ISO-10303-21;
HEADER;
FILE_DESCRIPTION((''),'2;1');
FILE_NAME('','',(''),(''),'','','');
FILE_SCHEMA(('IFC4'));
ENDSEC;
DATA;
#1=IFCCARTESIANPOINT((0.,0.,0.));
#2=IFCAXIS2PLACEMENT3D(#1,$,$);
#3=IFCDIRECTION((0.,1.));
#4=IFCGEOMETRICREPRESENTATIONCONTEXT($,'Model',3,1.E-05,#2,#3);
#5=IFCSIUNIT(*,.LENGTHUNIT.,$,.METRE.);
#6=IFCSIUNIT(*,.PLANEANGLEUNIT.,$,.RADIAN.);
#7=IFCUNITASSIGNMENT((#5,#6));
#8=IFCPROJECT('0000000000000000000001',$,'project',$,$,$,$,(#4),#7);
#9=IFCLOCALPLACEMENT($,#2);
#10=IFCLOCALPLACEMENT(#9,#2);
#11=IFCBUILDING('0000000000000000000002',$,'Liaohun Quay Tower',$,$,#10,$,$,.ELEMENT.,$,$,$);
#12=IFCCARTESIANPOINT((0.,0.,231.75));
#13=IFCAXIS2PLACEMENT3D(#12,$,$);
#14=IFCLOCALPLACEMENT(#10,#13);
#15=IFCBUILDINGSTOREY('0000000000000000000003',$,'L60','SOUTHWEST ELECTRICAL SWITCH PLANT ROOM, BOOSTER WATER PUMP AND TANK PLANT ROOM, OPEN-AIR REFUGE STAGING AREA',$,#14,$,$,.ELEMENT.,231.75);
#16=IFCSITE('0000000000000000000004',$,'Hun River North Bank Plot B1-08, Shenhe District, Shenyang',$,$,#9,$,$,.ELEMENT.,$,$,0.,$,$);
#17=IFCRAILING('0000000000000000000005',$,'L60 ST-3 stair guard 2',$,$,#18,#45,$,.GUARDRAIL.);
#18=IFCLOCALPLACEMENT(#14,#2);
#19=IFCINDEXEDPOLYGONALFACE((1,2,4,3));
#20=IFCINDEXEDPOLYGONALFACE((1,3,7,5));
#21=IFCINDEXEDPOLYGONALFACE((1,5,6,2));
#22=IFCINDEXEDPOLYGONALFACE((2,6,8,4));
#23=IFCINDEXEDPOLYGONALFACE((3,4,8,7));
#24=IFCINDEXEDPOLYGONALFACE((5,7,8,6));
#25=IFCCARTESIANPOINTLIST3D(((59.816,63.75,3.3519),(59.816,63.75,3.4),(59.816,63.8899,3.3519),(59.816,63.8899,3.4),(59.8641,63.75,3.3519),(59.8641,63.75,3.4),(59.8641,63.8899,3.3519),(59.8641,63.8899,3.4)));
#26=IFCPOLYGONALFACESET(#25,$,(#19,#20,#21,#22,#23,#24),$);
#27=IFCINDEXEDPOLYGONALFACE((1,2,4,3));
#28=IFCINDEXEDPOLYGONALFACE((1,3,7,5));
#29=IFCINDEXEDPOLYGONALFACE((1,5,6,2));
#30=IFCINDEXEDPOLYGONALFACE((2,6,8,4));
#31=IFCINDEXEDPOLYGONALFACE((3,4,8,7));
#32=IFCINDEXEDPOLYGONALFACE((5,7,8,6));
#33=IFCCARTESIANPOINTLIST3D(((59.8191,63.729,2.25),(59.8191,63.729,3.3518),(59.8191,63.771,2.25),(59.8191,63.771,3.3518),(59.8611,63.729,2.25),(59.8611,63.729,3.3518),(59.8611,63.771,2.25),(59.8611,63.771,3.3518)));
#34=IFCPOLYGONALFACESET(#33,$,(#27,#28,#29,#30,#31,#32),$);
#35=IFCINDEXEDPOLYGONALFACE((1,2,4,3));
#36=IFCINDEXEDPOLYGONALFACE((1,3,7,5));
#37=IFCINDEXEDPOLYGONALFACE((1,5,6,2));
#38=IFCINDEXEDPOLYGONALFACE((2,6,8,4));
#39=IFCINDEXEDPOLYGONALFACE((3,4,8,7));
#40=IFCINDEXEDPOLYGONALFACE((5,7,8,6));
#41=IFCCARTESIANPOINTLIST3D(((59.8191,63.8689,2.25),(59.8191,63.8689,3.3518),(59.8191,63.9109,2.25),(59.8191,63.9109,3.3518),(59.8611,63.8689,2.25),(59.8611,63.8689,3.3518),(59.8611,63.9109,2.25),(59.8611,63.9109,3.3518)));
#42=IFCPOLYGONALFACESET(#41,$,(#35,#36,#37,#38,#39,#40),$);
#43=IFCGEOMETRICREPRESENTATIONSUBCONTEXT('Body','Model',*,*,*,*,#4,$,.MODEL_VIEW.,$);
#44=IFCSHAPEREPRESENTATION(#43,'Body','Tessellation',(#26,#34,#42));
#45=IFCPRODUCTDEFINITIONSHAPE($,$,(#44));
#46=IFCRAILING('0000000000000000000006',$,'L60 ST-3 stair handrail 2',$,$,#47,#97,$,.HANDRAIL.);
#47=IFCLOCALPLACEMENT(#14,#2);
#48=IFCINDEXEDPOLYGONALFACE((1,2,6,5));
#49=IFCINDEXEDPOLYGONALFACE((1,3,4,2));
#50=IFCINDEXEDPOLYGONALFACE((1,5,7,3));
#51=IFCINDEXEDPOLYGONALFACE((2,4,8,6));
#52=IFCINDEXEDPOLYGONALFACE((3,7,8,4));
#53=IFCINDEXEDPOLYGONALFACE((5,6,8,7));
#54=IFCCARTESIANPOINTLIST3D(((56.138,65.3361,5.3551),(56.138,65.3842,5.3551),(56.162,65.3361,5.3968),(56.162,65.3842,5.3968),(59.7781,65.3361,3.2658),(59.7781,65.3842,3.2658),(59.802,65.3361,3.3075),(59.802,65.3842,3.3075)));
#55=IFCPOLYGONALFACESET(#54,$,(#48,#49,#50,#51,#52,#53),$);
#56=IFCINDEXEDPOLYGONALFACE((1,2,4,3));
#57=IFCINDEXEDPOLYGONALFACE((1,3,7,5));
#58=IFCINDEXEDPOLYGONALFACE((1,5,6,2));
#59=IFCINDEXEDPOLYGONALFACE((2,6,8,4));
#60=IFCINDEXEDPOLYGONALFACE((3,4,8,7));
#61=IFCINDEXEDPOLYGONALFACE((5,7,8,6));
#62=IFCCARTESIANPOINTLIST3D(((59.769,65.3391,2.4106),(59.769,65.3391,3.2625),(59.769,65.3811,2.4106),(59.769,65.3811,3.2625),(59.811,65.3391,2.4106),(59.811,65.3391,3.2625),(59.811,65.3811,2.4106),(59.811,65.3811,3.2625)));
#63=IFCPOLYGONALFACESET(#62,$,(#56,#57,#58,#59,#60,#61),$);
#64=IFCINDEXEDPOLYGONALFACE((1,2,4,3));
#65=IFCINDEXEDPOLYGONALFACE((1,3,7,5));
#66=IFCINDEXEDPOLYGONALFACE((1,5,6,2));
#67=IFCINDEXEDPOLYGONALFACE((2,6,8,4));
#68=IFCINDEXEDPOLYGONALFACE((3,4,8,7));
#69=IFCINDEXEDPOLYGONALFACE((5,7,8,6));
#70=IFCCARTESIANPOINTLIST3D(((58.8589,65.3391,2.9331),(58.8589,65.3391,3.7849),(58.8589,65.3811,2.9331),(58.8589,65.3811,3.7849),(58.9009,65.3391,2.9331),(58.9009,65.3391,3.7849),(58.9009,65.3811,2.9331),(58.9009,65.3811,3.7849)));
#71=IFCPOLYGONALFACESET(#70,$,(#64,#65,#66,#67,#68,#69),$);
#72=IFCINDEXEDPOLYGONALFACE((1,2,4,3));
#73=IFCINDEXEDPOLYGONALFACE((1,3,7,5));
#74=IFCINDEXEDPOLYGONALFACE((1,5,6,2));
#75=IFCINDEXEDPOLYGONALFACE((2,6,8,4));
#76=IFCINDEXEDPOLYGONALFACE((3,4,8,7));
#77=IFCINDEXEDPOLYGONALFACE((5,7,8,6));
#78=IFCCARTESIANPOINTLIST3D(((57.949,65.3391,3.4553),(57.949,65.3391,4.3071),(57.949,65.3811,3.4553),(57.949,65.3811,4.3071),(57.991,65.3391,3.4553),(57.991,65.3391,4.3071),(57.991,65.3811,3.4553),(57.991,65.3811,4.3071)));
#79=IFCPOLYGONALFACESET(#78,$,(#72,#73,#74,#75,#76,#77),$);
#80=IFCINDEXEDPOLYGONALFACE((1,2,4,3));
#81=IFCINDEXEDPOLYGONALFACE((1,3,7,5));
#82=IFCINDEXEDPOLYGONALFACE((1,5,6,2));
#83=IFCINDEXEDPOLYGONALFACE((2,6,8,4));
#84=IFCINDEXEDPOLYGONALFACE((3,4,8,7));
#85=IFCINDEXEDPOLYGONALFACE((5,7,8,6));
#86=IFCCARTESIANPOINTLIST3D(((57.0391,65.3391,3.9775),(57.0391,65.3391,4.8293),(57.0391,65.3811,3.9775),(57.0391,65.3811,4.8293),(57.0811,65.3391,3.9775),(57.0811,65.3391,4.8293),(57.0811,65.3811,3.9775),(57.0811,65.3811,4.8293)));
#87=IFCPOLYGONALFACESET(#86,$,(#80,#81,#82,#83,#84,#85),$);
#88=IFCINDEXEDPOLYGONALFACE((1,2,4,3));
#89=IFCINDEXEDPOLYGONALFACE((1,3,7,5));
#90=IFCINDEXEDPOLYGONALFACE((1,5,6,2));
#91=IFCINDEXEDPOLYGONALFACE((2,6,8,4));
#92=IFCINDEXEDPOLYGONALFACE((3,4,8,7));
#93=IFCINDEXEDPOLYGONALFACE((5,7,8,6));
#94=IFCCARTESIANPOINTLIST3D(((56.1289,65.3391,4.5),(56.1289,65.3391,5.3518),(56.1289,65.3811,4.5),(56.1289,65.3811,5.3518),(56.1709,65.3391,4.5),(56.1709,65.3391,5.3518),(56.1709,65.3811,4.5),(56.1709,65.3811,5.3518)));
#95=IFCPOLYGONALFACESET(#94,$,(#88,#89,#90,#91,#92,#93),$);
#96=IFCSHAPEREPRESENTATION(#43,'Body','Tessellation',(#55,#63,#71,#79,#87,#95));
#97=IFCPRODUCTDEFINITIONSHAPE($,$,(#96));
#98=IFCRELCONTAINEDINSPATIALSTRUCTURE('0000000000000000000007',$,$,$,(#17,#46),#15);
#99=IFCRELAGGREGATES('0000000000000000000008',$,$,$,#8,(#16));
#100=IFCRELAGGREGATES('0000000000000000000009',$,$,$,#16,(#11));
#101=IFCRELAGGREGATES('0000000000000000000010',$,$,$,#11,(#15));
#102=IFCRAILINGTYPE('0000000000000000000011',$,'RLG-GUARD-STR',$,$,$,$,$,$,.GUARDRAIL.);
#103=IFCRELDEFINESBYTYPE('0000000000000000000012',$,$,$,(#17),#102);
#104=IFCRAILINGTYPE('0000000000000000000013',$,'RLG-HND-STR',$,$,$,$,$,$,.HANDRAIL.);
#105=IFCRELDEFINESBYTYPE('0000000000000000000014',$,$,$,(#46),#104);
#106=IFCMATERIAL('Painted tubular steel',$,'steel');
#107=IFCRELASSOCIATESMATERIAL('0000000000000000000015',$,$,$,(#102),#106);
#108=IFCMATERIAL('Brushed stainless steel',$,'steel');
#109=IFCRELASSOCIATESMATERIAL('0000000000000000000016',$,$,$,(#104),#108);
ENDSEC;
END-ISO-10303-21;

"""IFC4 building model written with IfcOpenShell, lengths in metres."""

from ifc_helpers import new_model, si_unit, direction, frame, origin, origin_2d, place, context, subcontext, project, spatial, rectangle, extrude, material, type_object, element, save


model = new_model("IFC4")

# Units and contexts
model_context = context("Model", 3, precision=1e-05, world=origin(), true_north=direction((0.0, 1.0)))
body_context = subcontext(model_context, "Body", "Model", "MODEL_VIEW")
ifc_project = project(units=[si_unit("LENGTHUNIT", "METRE"), si_unit("PLANEANGLEUNIT", "RADIAN")], contexts=[model_context])

# Site, building, storey
site_placement = place(None, origin())
site = spatial("IfcSite", under=ifc_project, at=site_placement, Name="Hun River North Bank Plot B1-08, Shenhe District, Shenyang", CompositionType="ELEMENT", RefElevation=0.0)
building_placement = place(site_placement, origin())
building = spatial("IfcBuilding", under=site, at=building_placement, Name="Liaohun Quay Tower", CompositionType="ELEMENT")
storey_placement = place(building_placement, frame((0.0, 0.0, 231.75)))
storey = spatial("IfcBuildingStorey", under=building, at=storey_placement, Name="L60", Description="SOUTHWEST ELECTRICAL SWITCH PLANT ROOM, BOOSTER WATER PUMP AND TANK PLANT ROOM, OPEN-AIR REFUGE STAGING AREA", CompositionType="ELEMENT", Elevation=231.75)

# Railings
ifc_material_1 = material(Name="Painted tubular steel", Category="steel")
railing_type_1 = type_object("IfcRailingType", Name="RLG-GUARD-STR", PredefinedType="GUARDRAIL", material=ifc_material_1)
railing_1_placement = place(storey_placement, frame((59.8401, 63.75, 2.25)))
element("IfcRailing", 1, at=railing_1_placement, inside=storey, type_object=railing_type_1, Name="L60 ST-3 stair guard 2", PredefinedType="GUARDRAIL", context=body_context, shape_type="SweptSolid", body=[
    extrude(rectangle(XDim=0.0481, YDim=0.0481, at=origin_2d()), frame((0.0, 0.0, 1.126), z_axis=(0.0, 1.0, 0.0), x_axis=(-1.0, 0.0, 0.0)), (0.0, 0.0, 1.0), 0.1399),
    extrude(rectangle(XDim=0.042, YDim=0.042, at=origin_2d()), origin(), (0.0, 0.0, 1.0), 1.1018),
    extrude(rectangle(XDim=0.042, YDim=0.042, at=origin_2d()), frame((0.0, 0.1399, 0.0)), (0.0, 0.0, 1.0), 1.1018),
])
ifc_material_2 = material(Name="Brushed stainless steel", Category="steel")
railing_type_2 = type_object("IfcRailingType", Name="RLG-HND-STR", PredefinedType="HANDRAIL", material=ifc_material_2)
railing_2_placement = place(storey_placement, frame((59.79, 65.3601, 2.4106)))
element("IfcRailing", 2, at=railing_2_placement, inside=storey, type_object=railing_type_2, Name="L60 ST-3 stair handrail 2", PredefinedType="HANDRAIL", context=body_context, shape_type="SweptSolid", body=[
    extrude(rectangle(XDim=0.0481, YDim=0.0481, at=origin_2d()), frame((0.0, 0.0, 0.876), z_axis=(-0.867289, 0.0, 0.497804), x_axis=(0.0, -1.0, 0.0)), (0.0, 0.0, 1.0), 4.197),
    extrude(rectangle(XDim=0.042, YDim=0.042, at=origin_2d()), origin(), (0.0, 0.0, 1.0), 0.8518),
    extrude(rectangle(XDim=0.042, YDim=0.042, at=origin_2d()), frame((-0.9102, 0.0, 0.5225)), (0.0, 0.0, 1.0), 0.8518),
    extrude(rectangle(XDim=0.042, YDim=0.042, at=origin_2d()), frame((-1.8201, 0.0, 1.0447)), (0.0, 0.0, 1.0), 0.8518),
    extrude(rectangle(XDim=0.042, YDim=0.042, at=origin_2d()), frame((-2.73, 0.0, 1.5669)), (0.0, 0.0, 1.0), 0.8518),
    extrude(rectangle(XDim=0.042, YDim=0.042, at=origin_2d()), frame((-3.6401, 0.0, 2.0894)), (0.0, 0.0, 1.0), 0.8518),
])

save(model, "model.ifc")
